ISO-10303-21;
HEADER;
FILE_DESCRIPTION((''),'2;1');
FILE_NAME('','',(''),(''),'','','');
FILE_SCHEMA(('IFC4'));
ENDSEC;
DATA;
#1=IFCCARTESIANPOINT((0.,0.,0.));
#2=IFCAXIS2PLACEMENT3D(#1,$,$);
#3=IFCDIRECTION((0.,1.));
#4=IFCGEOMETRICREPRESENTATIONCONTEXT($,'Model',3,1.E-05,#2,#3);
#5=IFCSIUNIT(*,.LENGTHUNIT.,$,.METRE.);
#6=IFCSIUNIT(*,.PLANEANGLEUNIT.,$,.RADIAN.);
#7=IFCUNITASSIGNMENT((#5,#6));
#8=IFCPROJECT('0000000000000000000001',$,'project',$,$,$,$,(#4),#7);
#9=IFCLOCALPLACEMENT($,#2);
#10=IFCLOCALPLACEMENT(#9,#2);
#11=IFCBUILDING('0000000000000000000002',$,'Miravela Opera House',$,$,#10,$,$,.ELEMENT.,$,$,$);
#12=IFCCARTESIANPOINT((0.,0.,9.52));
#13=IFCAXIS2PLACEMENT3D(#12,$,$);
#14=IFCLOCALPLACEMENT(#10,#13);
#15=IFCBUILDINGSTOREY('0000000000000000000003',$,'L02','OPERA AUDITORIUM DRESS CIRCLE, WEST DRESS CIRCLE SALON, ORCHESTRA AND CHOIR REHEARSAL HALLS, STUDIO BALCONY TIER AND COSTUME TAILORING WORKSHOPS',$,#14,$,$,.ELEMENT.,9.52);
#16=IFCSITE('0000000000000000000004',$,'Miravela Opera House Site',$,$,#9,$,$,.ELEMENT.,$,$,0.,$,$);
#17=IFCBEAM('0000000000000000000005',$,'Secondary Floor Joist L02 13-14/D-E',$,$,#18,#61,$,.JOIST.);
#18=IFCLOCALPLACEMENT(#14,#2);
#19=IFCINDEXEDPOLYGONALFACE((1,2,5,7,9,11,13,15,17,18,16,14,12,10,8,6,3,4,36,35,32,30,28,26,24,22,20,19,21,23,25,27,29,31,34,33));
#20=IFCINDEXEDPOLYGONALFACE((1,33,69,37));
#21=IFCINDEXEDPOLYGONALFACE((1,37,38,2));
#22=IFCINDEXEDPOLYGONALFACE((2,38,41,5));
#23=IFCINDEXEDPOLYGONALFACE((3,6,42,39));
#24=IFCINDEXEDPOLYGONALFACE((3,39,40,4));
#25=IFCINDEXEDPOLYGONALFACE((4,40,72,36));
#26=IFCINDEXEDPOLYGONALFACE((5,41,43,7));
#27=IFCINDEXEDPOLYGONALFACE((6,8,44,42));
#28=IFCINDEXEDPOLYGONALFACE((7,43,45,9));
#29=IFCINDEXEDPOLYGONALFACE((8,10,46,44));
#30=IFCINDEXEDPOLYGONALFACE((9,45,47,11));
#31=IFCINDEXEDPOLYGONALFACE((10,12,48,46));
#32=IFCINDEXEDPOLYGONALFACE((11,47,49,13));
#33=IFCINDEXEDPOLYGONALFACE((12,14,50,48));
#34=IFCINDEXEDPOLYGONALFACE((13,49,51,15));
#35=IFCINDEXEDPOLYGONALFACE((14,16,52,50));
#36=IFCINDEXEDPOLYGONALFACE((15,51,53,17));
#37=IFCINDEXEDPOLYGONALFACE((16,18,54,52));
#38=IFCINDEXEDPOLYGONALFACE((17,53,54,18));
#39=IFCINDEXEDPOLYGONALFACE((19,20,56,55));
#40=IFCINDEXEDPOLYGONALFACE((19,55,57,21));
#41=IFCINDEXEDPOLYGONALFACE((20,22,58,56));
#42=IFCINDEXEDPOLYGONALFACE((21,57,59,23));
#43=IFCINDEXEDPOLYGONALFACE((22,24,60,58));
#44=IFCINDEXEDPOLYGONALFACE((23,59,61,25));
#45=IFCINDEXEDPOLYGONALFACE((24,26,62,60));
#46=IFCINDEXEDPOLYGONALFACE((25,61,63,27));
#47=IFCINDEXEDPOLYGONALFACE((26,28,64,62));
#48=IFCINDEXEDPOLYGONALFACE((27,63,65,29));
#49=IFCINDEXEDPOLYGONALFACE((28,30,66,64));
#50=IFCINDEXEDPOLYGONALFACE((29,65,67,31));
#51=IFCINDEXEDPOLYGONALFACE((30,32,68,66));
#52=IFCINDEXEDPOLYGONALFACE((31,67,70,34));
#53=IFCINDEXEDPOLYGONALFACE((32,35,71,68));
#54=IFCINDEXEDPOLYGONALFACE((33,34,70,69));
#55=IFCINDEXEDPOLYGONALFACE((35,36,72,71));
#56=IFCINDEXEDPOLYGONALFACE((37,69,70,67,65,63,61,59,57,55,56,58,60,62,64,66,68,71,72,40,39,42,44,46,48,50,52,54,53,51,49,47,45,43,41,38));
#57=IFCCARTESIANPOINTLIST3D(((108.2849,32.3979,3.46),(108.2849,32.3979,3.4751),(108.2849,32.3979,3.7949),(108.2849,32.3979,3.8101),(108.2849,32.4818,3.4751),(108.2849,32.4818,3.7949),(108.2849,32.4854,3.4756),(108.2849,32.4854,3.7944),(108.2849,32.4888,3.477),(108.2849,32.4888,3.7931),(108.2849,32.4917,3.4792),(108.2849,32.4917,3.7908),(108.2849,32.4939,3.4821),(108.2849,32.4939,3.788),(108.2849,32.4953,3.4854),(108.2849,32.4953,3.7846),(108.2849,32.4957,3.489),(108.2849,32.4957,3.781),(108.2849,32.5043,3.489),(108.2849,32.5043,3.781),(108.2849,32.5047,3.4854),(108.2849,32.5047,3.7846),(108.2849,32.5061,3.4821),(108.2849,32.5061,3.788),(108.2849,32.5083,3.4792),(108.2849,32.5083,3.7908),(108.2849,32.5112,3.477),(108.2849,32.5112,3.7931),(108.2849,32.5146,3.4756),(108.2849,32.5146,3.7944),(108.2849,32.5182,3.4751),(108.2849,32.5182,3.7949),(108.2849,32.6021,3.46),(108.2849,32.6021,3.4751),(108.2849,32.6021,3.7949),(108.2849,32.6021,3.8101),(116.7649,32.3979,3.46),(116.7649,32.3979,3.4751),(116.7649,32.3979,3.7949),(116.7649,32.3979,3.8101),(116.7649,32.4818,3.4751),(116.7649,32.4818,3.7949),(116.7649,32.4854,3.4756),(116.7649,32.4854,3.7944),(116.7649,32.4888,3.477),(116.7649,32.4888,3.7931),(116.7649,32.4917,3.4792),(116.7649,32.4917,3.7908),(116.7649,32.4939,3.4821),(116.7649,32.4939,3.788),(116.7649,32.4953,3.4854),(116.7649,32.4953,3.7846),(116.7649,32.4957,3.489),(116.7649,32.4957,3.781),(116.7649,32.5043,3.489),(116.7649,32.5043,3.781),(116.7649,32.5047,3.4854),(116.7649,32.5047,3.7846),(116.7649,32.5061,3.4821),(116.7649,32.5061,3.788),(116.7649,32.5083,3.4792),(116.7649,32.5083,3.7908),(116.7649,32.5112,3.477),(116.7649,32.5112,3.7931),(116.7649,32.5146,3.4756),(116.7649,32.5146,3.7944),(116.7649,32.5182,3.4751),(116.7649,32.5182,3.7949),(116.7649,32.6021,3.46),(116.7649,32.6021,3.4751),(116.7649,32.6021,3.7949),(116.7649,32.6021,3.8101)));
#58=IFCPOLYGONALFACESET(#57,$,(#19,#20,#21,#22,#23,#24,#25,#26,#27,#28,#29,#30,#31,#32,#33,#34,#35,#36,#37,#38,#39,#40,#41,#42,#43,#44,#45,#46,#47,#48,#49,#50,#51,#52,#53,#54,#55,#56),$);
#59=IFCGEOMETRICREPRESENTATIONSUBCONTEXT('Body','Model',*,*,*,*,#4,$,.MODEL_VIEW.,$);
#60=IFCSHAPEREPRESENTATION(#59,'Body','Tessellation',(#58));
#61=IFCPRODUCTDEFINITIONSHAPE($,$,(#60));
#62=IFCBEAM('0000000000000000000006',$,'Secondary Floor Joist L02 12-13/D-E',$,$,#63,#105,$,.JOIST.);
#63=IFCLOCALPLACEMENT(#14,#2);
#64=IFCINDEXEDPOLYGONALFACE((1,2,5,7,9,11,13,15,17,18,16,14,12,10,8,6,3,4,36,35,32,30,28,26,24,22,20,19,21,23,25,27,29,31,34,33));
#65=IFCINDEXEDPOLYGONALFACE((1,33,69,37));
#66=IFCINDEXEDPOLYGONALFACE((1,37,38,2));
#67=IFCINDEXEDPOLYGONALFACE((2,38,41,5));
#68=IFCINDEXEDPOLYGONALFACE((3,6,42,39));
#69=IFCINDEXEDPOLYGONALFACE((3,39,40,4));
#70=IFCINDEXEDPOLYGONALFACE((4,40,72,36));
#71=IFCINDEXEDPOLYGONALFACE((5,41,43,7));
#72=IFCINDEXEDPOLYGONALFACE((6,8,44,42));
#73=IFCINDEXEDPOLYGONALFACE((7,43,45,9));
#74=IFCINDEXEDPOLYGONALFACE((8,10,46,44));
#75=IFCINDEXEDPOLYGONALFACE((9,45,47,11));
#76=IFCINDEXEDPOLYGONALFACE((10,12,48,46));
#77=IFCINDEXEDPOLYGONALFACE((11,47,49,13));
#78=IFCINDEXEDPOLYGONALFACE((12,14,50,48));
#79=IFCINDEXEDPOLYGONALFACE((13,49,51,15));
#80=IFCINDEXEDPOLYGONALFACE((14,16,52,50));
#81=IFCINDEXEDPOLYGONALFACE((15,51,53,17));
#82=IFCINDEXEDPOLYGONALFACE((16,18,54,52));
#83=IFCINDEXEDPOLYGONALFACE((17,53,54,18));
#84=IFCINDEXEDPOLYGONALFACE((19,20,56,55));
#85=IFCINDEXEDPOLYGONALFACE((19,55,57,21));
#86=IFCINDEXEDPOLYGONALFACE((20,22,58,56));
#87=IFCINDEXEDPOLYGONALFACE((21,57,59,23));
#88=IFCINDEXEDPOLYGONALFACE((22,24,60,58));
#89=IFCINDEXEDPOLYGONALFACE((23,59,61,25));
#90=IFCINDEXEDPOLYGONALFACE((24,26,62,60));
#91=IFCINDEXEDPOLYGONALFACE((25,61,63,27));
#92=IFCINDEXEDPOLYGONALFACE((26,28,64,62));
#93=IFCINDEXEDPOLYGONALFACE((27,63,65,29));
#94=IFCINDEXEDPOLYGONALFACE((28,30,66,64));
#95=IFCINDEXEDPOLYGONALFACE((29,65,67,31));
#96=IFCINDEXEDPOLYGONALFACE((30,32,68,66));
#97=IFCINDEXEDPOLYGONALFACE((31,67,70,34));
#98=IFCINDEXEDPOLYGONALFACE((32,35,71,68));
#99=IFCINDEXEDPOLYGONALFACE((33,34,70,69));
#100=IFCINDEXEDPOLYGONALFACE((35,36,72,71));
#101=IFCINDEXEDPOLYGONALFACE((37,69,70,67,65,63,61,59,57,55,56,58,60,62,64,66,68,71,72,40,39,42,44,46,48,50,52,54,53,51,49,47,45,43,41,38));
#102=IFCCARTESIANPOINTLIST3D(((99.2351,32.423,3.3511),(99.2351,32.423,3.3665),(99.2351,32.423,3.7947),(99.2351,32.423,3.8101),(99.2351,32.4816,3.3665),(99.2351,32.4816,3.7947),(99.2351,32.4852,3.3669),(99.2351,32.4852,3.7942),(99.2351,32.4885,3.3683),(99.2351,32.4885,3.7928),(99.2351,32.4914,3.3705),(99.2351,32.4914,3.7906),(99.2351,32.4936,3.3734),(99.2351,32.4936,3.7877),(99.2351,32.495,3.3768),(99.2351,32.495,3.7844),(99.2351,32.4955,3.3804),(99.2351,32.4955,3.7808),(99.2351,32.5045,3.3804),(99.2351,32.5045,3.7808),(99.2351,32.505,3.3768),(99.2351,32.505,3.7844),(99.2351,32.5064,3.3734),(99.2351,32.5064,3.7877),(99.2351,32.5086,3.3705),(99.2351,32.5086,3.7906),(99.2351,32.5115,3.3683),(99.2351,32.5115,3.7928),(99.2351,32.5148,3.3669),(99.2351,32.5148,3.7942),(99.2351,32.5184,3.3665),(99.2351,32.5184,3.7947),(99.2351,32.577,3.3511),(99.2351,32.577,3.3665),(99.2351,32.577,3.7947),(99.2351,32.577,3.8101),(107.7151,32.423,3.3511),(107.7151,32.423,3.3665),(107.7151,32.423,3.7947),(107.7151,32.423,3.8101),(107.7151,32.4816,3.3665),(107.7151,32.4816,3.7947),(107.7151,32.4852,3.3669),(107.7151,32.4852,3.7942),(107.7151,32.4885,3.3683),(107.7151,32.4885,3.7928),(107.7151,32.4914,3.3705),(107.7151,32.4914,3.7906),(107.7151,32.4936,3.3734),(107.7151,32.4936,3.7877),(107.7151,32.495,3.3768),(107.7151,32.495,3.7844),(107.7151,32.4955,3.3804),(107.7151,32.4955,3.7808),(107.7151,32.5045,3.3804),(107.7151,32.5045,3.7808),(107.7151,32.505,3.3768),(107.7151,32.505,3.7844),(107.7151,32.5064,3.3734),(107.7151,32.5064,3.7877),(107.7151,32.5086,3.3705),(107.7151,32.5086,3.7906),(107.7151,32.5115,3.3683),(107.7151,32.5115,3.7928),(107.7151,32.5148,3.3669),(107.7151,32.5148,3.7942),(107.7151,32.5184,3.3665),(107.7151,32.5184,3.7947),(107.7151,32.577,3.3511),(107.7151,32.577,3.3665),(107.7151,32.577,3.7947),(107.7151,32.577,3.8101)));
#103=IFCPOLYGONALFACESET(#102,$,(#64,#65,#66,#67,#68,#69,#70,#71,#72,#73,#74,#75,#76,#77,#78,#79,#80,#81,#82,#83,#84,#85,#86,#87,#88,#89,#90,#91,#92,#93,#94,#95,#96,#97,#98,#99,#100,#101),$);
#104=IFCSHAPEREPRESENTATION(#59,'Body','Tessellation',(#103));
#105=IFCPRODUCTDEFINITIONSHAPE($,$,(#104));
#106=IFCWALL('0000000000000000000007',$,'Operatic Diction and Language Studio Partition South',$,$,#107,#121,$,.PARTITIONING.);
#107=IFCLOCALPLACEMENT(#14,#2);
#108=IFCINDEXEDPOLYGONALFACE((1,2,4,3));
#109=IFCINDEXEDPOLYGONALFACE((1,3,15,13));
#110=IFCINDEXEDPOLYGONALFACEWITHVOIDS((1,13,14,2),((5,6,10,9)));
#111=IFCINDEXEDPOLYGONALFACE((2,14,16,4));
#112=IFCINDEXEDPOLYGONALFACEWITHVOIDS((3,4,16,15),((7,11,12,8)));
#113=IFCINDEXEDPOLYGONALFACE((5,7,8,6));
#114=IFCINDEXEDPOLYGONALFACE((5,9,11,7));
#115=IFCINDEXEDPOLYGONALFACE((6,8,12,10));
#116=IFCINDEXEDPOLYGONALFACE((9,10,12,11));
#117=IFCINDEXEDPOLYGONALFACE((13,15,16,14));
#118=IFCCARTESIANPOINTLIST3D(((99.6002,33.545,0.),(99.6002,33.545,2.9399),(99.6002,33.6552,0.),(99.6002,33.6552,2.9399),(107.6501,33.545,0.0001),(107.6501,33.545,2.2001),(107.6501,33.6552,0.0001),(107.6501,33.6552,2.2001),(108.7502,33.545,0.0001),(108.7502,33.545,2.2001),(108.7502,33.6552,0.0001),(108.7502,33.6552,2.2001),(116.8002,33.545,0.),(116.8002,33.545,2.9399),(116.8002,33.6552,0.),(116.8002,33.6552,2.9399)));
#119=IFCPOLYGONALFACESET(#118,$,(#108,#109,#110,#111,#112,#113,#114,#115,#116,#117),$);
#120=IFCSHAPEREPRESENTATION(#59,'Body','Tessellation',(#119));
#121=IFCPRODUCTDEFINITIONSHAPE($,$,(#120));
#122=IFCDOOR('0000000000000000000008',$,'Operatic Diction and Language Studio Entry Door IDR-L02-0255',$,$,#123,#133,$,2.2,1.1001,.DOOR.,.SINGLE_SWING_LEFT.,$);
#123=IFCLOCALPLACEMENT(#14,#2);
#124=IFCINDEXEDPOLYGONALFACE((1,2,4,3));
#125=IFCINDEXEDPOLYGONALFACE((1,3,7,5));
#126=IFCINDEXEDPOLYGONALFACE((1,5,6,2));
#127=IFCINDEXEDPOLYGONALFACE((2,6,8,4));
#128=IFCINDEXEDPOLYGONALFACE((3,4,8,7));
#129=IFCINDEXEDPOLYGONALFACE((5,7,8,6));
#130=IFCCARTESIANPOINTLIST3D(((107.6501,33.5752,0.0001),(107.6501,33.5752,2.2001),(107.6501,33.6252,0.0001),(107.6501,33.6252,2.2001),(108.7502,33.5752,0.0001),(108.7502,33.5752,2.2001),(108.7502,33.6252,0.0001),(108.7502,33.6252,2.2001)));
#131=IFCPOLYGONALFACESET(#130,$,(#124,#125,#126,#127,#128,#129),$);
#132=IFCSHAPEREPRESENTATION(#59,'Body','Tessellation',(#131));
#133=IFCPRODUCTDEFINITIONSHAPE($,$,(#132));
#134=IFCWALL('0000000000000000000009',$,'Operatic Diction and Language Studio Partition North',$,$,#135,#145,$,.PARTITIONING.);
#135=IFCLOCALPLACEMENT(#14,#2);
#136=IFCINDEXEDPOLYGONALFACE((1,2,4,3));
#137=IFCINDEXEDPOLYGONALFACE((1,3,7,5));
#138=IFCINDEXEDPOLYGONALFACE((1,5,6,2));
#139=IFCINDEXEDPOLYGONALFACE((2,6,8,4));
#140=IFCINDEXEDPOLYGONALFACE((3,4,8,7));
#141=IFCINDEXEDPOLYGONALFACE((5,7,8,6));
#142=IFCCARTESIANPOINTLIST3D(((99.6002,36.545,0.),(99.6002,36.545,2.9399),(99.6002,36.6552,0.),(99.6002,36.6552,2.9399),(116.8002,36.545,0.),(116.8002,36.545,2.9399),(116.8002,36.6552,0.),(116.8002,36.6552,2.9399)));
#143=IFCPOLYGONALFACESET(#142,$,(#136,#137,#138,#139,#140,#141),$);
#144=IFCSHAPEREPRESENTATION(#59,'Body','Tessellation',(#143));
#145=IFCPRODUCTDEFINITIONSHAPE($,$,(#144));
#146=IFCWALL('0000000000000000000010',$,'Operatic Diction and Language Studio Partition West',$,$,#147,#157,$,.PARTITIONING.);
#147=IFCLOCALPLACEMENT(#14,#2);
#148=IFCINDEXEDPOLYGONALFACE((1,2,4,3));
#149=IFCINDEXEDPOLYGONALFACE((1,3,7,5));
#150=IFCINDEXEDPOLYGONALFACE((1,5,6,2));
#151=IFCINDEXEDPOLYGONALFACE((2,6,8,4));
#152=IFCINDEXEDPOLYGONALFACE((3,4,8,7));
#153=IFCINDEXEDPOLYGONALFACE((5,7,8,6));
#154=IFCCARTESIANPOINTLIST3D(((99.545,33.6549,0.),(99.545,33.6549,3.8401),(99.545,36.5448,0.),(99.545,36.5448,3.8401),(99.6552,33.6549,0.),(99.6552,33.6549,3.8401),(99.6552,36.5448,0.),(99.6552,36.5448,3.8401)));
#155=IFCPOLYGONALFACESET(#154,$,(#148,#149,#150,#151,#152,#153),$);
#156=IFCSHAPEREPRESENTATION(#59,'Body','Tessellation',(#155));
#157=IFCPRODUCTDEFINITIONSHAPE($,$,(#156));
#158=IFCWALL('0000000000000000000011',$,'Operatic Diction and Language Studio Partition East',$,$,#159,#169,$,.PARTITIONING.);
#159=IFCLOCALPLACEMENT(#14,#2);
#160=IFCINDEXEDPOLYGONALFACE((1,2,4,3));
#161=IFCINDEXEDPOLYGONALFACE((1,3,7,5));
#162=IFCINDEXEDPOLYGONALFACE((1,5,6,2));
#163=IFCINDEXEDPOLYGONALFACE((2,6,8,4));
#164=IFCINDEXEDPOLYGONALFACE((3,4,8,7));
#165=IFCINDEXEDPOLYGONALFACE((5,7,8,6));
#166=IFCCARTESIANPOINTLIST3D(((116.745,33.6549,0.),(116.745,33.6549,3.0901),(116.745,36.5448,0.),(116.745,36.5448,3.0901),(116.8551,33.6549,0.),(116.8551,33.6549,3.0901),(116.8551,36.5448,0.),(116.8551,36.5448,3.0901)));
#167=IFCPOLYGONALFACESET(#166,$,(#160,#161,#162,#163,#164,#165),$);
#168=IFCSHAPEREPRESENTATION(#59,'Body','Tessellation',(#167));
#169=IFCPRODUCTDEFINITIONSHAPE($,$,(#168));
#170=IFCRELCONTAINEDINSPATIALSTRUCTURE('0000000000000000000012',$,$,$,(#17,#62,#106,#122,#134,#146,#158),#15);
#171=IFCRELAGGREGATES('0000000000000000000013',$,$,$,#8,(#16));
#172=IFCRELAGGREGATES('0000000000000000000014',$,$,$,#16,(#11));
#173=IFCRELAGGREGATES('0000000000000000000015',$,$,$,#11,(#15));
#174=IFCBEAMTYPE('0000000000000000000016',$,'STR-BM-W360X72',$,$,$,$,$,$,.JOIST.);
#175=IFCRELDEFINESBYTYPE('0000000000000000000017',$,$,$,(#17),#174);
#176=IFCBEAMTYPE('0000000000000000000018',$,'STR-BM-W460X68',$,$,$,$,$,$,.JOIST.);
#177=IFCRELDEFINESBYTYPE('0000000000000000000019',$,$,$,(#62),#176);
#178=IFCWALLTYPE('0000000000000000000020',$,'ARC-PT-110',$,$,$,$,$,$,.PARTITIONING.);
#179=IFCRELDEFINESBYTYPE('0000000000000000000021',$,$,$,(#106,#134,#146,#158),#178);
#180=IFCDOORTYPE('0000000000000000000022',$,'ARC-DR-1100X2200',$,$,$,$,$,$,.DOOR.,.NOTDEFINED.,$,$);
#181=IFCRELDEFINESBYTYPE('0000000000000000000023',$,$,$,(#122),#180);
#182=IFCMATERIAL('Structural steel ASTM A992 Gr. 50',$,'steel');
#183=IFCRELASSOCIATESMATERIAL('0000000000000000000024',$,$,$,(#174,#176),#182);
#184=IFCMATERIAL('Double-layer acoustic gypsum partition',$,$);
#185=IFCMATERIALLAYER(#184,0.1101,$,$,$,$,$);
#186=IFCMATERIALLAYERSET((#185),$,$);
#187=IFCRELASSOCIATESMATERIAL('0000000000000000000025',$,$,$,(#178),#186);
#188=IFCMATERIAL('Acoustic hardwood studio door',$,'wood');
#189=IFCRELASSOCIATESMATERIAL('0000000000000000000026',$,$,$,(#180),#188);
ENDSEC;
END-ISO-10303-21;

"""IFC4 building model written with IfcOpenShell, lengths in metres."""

from ifc_helpers import new_model, si_unit, direction, frame, frame_2d, origin, origin_2d, place, context, subcontext, project, spatial, rectangle, i_section, extrude, material, layer, layer_set, material_profile, profile_set, type_object, element, fill, save


model = new_model("IFC4")

# Units and contexts
model_context = context("Model", 3, precision=1e-05, world=origin(), true_north=direction((0.0, 1.0)))
body_context = subcontext(model_context, "Body", "Model", "MODEL_VIEW")
ifc_project = project(units=[si_unit("LENGTHUNIT", "METRE"), si_unit("PLANEANGLEUNIT", "RADIAN")], contexts=[model_context])

# Site, building, storey
site_placement = place(None, origin())
site = spatial("IfcSite", under=ifc_project, at=site_placement, Name="Miravela Opera House Site", CompositionType="ELEMENT", RefElevation=0.0)
building_placement = place(site_placement, origin())
building = spatial("IfcBuilding", under=site, at=building_placement, Name="Miravela Opera House", CompositionType="ELEMENT")
storey_placement = place(building_placement, frame((0.0, 0.0, 9.52)))
storey = spatial("IfcBuildingStorey", under=building, at=storey_placement, Name="L02", Description="OPERA AUDITORIUM DRESS CIRCLE, WEST DRESS CIRCLE SALON, ORCHESTRA AND CHOIR REHEARSAL HALLS, STUDIO BALCONY TIER AND COSTUME TAILORING WORKSHOPS", CompositionType="ELEMENT", Elevation=9.52)

# Beams
ifc_material_1 = material(Name="Structural steel ASTM A992 Gr. 50", Category="steel")
ifc_material_profile_1 = material_profile(ifc_material_1, i_section(OverallWidth=0.2041, OverallDepth=0.3501, WebThickness=0.0085, FlangeThickness=0.0151, FilletRadius=0.0139, at=origin_2d()), Name="W360X72")
ifc_profile_set_1 = profile_set([ifc_material_profile_1])
beam_type_1 = type_object("IfcBeamType", Name="STR-BM-W360X72", PredefinedType="JOIST", material=ifc_profile_set_1)
beam_1_placement = place(storey_placement, frame((108.2849, 32.5, 3.635), z_axis=(1.0, 0.0, 0.0), x_axis=(0.0, 1.0, 0.0)))
element("IfcBeam", 1, at=beam_1_placement, inside=storey, type_object=beam_type_1, Name="Secondary Floor Joist L02 13-14/D-E", PredefinedType="JOIST", context=body_context, shape_type="SweptSolid", body=[
    extrude(i_section(OverallWidth=0.2041, OverallDepth=0.3501, WebThickness=0.0085, FlangeThickness=0.0151, FilletRadius=0.0139, at=origin_2d()), origin(), (0.0, 0.0, 1.0), 8.48),
])
ifc_material_profile_2 = material_profile(ifc_material_1, i_section(OverallWidth=0.1541, OverallDepth=0.459, WebThickness=0.009, FlangeThickness=0.0154, FilletRadius=0.0139, at=origin_2d()), Name="W460X68")
ifc_profile_set_2 = profile_set([ifc_material_profile_2])
beam_type_2 = type_object("IfcBeamType", Name="STR-BM-W460X68", PredefinedType="JOIST", material=ifc_profile_set_2)
beam_2_placement = place(storey_placement, frame((99.2351, 32.5, 3.5806), z_axis=(1.0, 0.0, 0.0), x_axis=(0.0, 1.0, 0.0)))
element("IfcBeam", 2, at=beam_2_placement, inside=storey, type_object=beam_type_2, Name="Secondary Floor Joist L02 12-13/D-E", PredefinedType="JOIST", context=body_context, shape_type="SweptSolid", body=[
    extrude(i_section(OverallWidth=0.1541, OverallDepth=0.459, WebThickness=0.009, FlangeThickness=0.0154, FilletRadius=0.0139, at=origin_2d()), origin(), (0.0, 0.0, 1.0), 8.48),
])

# Wall, opening, door
ifc_material_2 = material(Name="Double-layer acoustic gypsum partition")
ifc_layer_1 = layer(ifc_material_2, 0.1101)
ifc_layer_set_1 = layer_set([ifc_layer_1])
wall_type_1 = type_object("IfcWallType", Name="ARC-PT-110", PredefinedType="PARTITIONING", material=ifc_layer_set_1)
wall_1_placement = place(storey_placement, frame((99.6001, 33.6001, 0.0), z_axis=(0.0, 0.0, 1.0), x_axis=(1.0, 0.0, 0.0)))
wall_1 = element("IfcWall", 3, at=wall_1_placement, inside=storey, type_object=wall_type_1, Name="Operatic Diction and Language Studio Partition South", PredefinedType="PARTITIONING", context=body_context, shape_type="SweptSolid", body=[
    extrude(rectangle(XDim=17.2, YDim=0.1101, at=frame_2d((8.6001, 0.0))), origin(), (0.0, 0.0, 1.0), 2.9399),
])
opening_1_placement = place(wall_1_placement, frame((8.05, 0.0, 0.0)))
opening_1 = element("IfcOpeningElement", 4, at=opening_1_placement, cuts=wall_1, PredefinedType="OPENING", context=body_context, shape_type="SweptSolid", body=[
    extrude(rectangle(XDim=1.1001, YDim=2.2, at=frame_2d((0.55, 1.1001))), frame((0.0, 0.0649, 0.0), z_axis=(0.0, -1.0, 0.0), x_axis=(1.0, 0.0, 0.0)), (0.0, 0.0, 1.0), 0.1301),
])
ifc_material_3 = material(Name="Acoustic hardwood studio door", Category="wood")
door_type = type_object("IfcDoorType", Name="ARC-DR-1100X2200", OperationType="NOTDEFINED", PredefinedType="DOOR", material=ifc_material_3)
door_1_placement = place(opening_1_placement, frame((1.1001, 0.0, 0.0), z_axis=(0.0, 0.0, 1.0), x_axis=(-1.0, 0.0, 0.0)))
door_1 = element("IfcDoor", 5, at=door_1_placement, inside=storey, type_object=door_type, Name="Operatic Diction and Language Studio Entry Door IDR-L02-0255", OperationType="SINGLE_SWING_LEFT", OverallHeight=2.2, OverallWidth=1.1001, PredefinedType="DOOR", context=body_context, shape_type="SweptSolid", body=[
    extrude(rectangle(XDim=1.1001, YDim=2.2, at=frame_2d((0.55, 1.1001))), frame((0.0, 0.0249, 0.0), z_axis=(0.0, -1.0, 0.0), x_axis=(1.0, 0.0, 0.0)), (0.0, 0.0, 1.0), 0.05),
])
fill(opening_1, door_1)

# Walls
wall_2_placement = place(storey_placement, frame((99.6001, 36.6001, 0.0), z_axis=(0.0, 0.0, 1.0), x_axis=(1.0, 0.0, 0.0)))
element("IfcWall", 6, at=wall_2_placement, inside=storey, type_object=wall_type_1, Name="Operatic Diction and Language Studio Partition North", PredefinedType="PARTITIONING", context=body_context, shape_type="SweptSolid", body=[
    extrude(rectangle(XDim=17.2, YDim=0.1101, at=frame_2d((8.6001, 0.0))), origin(), (0.0, 0.0, 1.0), 2.9399),
])
wall_3_placement = place(storey_placement, frame((99.6001, 33.655, 0.0), z_axis=(0.0, 0.0, 1.0), x_axis=(0.0, 1.0, 0.0)))
element("IfcWall", 7, at=wall_3_placement, inside=storey, type_object=wall_type_1, Name="Operatic Diction and Language Studio Partition West", PredefinedType="PARTITIONING", context=body_context, shape_type="SweptSolid", body=[
    extrude(rectangle(XDim=2.8899, YDim=0.1101, at=frame_2d((1.4448, 0.0))), origin(), (0.0, 0.0, 1.0), 3.8401),
])
wall_4_placement = place(storey_placement, frame((116.8, 33.655, 0.0), z_axis=(0.0, 0.0, 1.0), x_axis=(0.0, 1.0, 0.0)))
element("IfcWall", 8, at=wall_4_placement, inside=storey, type_object=wall_type_1, Name="Operatic Diction and Language Studio Partition East", PredefinedType="PARTITIONING", context=body_context, shape_type="SweptSolid", body=[
    extrude(rectangle(XDim=2.8899, YDim=0.1101, at=frame_2d((1.4448, 0.0))), origin(), (0.0, 0.0, 1.0), 3.0901),
])

save(model, "model.ifc")
